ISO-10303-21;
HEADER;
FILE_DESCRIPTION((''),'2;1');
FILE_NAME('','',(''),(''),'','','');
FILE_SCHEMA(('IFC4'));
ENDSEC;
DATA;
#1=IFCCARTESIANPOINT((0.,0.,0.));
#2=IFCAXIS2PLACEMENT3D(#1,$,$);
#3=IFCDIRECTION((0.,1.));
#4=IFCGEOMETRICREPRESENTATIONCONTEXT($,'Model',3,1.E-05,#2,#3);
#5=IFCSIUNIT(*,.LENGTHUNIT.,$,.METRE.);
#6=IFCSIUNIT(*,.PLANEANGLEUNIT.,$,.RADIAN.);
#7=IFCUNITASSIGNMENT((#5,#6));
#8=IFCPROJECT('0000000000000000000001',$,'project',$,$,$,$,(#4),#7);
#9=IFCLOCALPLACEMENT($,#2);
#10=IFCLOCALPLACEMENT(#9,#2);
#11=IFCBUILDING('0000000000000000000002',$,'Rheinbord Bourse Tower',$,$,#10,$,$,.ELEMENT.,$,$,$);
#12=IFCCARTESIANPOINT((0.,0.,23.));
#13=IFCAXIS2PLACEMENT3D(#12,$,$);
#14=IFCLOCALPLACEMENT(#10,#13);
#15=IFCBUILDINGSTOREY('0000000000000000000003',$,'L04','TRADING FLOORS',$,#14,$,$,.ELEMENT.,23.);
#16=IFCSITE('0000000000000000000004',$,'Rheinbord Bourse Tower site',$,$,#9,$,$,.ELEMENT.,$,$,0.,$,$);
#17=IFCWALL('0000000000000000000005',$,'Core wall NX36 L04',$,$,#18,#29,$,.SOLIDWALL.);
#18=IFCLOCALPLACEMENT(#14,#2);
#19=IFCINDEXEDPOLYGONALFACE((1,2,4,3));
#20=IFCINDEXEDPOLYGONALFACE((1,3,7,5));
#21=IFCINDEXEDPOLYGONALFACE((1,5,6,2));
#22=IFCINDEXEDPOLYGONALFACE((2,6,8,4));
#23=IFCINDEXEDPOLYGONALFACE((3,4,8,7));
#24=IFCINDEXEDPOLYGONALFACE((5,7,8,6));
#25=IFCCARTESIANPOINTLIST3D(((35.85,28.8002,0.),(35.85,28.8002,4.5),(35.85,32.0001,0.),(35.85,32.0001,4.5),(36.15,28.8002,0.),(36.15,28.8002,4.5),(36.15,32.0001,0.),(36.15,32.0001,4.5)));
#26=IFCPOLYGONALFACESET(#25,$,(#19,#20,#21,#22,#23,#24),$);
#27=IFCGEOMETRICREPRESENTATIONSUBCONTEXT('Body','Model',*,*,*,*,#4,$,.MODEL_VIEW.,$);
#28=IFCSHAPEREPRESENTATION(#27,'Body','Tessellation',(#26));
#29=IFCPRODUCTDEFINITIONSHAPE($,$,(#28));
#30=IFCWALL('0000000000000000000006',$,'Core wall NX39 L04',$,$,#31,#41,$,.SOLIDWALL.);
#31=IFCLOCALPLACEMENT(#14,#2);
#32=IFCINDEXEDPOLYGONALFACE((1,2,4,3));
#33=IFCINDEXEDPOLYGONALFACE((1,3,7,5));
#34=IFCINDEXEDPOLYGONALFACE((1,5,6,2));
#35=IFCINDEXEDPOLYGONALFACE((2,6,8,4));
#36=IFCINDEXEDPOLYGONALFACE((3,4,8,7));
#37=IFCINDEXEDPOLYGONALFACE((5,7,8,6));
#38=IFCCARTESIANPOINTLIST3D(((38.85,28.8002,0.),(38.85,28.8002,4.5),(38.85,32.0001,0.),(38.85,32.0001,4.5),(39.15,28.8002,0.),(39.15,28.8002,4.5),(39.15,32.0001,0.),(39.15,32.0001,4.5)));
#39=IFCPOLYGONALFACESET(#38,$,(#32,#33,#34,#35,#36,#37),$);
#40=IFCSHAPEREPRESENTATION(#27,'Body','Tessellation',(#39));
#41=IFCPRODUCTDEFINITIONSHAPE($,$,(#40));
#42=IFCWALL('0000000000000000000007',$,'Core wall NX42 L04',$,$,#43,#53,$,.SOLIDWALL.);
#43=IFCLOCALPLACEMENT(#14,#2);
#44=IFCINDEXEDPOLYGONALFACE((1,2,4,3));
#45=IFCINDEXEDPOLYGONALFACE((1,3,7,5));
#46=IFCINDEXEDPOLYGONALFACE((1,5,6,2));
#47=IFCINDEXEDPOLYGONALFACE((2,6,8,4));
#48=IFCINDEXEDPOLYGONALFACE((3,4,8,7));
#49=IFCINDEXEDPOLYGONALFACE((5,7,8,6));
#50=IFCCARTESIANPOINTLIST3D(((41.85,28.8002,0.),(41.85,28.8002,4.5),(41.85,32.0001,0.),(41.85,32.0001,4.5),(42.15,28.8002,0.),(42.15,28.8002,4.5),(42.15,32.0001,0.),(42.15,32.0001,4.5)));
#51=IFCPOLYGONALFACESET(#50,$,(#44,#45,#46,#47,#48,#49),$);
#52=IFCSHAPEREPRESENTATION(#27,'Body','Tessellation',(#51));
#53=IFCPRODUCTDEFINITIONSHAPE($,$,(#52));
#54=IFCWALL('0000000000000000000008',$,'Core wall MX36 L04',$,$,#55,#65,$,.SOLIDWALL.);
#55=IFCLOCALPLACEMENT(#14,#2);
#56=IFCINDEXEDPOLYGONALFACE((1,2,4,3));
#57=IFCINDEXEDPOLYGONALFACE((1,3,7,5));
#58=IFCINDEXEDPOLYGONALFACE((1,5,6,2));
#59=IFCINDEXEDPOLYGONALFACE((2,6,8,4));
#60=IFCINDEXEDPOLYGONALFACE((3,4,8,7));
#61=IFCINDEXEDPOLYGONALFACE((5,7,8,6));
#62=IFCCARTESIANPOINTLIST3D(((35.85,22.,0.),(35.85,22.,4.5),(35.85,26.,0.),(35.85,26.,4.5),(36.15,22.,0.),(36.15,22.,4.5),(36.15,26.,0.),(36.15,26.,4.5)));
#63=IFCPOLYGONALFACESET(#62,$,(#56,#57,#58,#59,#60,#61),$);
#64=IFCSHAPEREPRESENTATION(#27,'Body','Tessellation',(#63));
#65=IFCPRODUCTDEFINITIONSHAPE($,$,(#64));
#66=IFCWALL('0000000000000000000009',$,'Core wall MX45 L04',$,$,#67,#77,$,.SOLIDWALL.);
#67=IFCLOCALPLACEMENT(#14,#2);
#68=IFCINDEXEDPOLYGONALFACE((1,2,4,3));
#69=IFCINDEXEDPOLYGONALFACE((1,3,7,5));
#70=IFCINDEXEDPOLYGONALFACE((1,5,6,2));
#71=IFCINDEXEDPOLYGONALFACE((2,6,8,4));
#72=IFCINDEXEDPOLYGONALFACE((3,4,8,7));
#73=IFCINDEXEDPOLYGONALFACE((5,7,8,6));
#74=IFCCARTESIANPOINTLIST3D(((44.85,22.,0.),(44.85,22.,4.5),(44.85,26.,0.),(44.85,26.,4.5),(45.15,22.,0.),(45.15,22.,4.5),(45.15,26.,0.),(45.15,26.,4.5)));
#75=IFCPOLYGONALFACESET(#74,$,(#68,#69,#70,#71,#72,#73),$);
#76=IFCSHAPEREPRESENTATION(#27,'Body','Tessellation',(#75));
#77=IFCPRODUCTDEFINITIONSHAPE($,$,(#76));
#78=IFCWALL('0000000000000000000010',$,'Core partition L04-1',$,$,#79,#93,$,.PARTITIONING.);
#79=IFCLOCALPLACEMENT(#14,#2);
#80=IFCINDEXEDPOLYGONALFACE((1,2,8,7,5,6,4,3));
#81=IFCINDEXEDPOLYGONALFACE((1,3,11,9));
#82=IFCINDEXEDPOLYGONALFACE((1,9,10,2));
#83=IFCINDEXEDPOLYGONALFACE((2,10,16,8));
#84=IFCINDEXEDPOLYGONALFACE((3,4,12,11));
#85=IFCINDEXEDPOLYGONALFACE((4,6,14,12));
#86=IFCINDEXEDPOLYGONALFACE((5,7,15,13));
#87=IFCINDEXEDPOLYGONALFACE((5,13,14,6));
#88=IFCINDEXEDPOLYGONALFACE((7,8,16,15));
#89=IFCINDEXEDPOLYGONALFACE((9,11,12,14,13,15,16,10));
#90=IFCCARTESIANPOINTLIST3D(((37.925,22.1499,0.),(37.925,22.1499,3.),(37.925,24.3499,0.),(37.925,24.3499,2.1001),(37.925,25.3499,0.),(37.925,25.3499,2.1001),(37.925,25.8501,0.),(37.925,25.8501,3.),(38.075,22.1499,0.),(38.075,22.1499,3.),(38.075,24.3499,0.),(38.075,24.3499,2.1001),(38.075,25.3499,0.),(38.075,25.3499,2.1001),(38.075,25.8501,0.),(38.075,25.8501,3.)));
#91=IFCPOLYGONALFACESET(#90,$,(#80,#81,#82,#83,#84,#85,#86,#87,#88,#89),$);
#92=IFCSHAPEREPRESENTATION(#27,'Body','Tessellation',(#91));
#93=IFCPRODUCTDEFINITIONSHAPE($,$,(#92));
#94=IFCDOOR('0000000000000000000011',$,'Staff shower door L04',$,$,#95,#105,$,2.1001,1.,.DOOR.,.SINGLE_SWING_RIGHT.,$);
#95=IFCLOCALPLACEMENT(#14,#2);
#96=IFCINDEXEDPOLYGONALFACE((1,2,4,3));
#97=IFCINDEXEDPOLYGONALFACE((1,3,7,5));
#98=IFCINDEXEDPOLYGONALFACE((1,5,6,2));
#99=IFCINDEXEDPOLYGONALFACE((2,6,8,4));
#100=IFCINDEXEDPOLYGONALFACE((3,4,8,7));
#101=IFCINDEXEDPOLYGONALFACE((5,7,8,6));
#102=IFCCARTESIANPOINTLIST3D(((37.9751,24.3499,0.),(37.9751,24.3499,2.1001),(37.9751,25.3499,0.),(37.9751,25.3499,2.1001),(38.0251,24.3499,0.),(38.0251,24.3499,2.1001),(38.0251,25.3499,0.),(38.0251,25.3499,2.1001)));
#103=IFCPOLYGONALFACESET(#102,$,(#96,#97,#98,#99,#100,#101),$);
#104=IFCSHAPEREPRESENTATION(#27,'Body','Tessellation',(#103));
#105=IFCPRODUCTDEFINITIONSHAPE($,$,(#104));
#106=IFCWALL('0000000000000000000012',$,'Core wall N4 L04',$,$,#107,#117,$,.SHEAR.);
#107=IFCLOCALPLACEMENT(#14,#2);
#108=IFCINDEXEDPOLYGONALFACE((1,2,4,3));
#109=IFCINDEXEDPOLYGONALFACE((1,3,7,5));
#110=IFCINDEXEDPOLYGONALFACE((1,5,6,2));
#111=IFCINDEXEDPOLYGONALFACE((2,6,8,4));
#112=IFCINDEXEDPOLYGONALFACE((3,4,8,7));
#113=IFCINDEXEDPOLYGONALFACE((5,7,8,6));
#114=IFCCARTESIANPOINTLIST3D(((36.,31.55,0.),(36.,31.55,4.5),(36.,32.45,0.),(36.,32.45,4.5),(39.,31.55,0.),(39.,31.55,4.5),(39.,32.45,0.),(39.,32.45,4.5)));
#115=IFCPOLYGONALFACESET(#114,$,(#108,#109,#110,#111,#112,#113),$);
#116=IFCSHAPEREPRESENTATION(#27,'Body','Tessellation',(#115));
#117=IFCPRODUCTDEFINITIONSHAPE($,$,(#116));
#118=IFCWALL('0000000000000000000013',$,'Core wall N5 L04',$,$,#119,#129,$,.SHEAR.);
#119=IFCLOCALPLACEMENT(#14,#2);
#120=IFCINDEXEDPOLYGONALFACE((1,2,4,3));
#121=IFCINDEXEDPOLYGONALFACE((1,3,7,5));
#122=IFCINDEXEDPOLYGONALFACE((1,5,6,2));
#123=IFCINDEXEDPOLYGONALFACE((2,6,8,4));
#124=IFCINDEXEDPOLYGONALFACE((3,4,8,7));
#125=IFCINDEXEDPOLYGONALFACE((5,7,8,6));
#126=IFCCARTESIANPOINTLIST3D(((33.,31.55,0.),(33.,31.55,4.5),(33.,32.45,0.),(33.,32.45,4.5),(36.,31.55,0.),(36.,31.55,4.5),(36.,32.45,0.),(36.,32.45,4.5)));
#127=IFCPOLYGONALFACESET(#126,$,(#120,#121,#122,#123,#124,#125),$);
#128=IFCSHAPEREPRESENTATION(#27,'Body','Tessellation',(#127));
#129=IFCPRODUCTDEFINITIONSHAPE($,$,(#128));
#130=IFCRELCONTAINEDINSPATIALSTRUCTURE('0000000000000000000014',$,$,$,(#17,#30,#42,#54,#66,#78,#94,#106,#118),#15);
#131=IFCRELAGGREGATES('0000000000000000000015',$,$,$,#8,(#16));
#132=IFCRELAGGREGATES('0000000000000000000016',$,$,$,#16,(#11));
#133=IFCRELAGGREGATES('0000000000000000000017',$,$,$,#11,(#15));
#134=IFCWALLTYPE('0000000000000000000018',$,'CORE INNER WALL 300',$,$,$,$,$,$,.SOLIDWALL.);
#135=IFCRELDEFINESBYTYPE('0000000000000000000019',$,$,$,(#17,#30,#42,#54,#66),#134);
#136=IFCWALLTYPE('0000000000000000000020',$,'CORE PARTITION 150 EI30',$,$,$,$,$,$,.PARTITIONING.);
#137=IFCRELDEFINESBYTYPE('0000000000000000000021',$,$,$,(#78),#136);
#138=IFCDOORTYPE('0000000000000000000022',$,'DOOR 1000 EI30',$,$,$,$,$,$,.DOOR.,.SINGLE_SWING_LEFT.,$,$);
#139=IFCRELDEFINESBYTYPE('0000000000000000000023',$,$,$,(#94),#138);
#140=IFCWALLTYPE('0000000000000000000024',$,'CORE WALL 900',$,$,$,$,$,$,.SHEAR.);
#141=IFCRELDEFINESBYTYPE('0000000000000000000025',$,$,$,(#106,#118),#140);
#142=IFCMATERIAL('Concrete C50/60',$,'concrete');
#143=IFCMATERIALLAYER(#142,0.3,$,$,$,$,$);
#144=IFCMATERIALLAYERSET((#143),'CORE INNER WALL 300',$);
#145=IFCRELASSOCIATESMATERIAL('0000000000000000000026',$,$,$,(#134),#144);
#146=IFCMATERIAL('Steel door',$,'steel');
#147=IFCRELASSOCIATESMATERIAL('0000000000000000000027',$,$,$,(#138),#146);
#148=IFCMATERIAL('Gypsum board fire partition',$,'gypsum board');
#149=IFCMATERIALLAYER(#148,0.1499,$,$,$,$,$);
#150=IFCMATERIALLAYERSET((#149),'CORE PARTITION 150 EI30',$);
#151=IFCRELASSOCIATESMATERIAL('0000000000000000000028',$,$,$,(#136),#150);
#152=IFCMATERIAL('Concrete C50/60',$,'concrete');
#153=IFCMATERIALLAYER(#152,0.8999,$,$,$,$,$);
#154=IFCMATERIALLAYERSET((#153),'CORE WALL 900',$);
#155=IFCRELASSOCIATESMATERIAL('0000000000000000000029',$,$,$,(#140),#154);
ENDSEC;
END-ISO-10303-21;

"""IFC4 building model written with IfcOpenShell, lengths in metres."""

from ifc_helpers import new_model, si_unit, direction, frame, frame_2d, origin, place, context, subcontext, project, spatial, rectangle, extrude, material, layer, layer_set, type_object, element, fill, save


model = new_model("IFC4")

# Units and contexts
model_context = context("Model", 3, precision=1e-05, world=origin(), true_north=direction((0.0, 1.0)))
body_context = subcontext(model_context, "Body", "Model", "MODEL_VIEW")
ifc_project = project(units=[si_unit("LENGTHUNIT", "METRE"), si_unit("PLANEANGLEUNIT", "RADIAN")], contexts=[model_context])

# Site, building, storey
site_placement = place(None, origin())
site = spatial("IfcSite", under=ifc_project, at=site_placement, Name="Rheinbord Bourse Tower site", CompositionType="ELEMENT", RefElevation=0.0)
building_placement = place(site_placement, origin())
building = spatial("IfcBuilding", under=site, at=building_placement, Name="Rheinbord Bourse Tower", CompositionType="ELEMENT")
storey_placement = place(building_placement, frame((0.0, 0.0, 23.0)))
storey = spatial("IfcBuildingStorey", under=building, at=storey_placement, Name="L04", Description="TRADING FLOORS", CompositionType="ELEMENT", Elevation=23.0)

# Shared definitions
ifc_material_1 = material(Name="Concrete C50/60", Category="concrete")
ifc_layer_1 = layer(ifc_material_1, 0.3)
ifc_layer_set_1 = layer_set([ifc_layer_1], Name="CORE INNER WALL 300")
wall_type_1 = type_object("IfcWallType", Name="CORE INNER WALL 300", PredefinedType="SOLIDWALL", material=ifc_layer_set_1)

# Shared definitions
ifc_material_2 = material(Name="Steel door", Category="steel")
door_type_1 = type_object("IfcDoorType", Name="DOOR 1000 EI30", OperationType="SINGLE_SWING_LEFT", PredefinedType="DOOR", material=ifc_material_2)

# Walls
for number, where, z_axis, x_axis, name in (
    (1, (36.0, 28.8, 0.0), (0.0, 0.0, 1.0), (0.0, 1.0, 0.0), "Core wall NX36 L04"),
    (2, (39.0, 28.8, 0.0), (0.0, 0.0, 1.0), (0.0, 1.0, 0.0), "Core wall NX39 L04"),
    (3, (42.0, 28.8, 0.0), (0.0, 0.0, 1.0), (0.0, 1.0, 0.0), "Core wall NX42 L04"),
):
    element("IfcWall", number, at=place(storey_placement, frame(where, z_axis=z_axis, x_axis=x_axis)), inside=storey, type_object=wall_type_1, Name=name, PredefinedType="SOLIDWALL", context=body_context, shape_type="SweptSolid", body=[
        extrude(rectangle(XDim=3.2, YDim=0.3, at=frame_2d((1.6001, 0.0))), origin(), (0.0, 0.0, 1.0), 4.5),
    ])
for number, where, z_axis, x_axis, name in (
    (4, (36.0, 22.0, 0.0), (0.0, 0.0, 1.0), (0.0, 1.0, 0.0), "Core wall MX36 L04"),
    (5, (45.0, 22.0, 0.0), (0.0, 0.0, 1.0), (0.0, 1.0, 0.0), "Core wall MX45 L04"),
):
    element("IfcWall", number, at=place(storey_placement, frame(where, z_axis=z_axis, x_axis=x_axis)), inside=storey, type_object=wall_type_1, Name=name, PredefinedType="SOLIDWALL", context=body_context, shape_type="SweptSolid", body=[
        extrude(rectangle(XDim=4.0, YDim=0.3, at=frame_2d((2.0, 0.0))), origin(), (0.0, 0.0, 1.0), 4.5),
    ])

# Wall, opening, door
ifc_material_3 = material(Name="Gypsum board fire partition", Category="gypsum board")
ifc_layer_2 = layer(ifc_material_3, 0.1499)
ifc_layer_set_2 = layer_set([ifc_layer_2], Name="CORE PARTITION 150 EI30")
wall_type_2 = type_object("IfcWallType", Name="CORE PARTITION 150 EI30", PredefinedType="PARTITIONING", material=ifc_layer_set_2)
wall_1_placement = place(storey_placement, frame((38.0, 22.1499, 0.0), z_axis=(0.0, 0.0, 1.0), x_axis=(0.0, 1.0, 0.0)))
wall_1 = element("IfcWall", 6, at=wall_1_placement, inside=storey, type_object=wall_type_2, Name="Core partition L04-1", PredefinedType="PARTITIONING", context=body_context, shape_type="SweptSolid", body=[
    extrude(rectangle(XDim=3.7002, YDim=0.1499, at=frame_2d((1.8501, 0.0))), origin(), (0.0, 0.0, 1.0), 3.0),
])
opening_1_placement = place(wall_1_placement, frame((2.2, 0.0, 0.0)))
opening_1 = element("IfcOpeningElement", 7, at=opening_1_placement, cuts=wall_1, PredefinedType="OPENING", context=body_context, shape_type="SweptSolid", body=[
    extrude(rectangle(XDim=1.0, YDim=2.1001, at=frame_2d((0.5, 1.05))), frame((0.0, 0.085, 0.0), z_axis=(0.0, -1.0, 0.0), x_axis=(1.0, 0.0, 0.0)), (0.0, 0.0, 1.0), 0.1699),
])
door_1_placement = place(opening_1_placement, origin())
door_1 = element("IfcDoor", 8, at=door_1_placement, inside=storey, type_object=door_type_1, Name="Staff shower door L04", OperationType="SINGLE_SWING_RIGHT", OverallHeight=2.1001, OverallWidth=1.0, PredefinedType="DOOR", context=body_context, shape_type="SweptSolid", body=[
    extrude(rectangle(XDim=1.0, YDim=2.1001, at=frame_2d((0.5, 1.05))), frame((0.0, 0.0249, 0.0), z_axis=(0.0, -1.0, 0.0), x_axis=(1.0, 0.0, 0.0)), (0.0, 0.0, 1.0), 0.05),
])
fill(opening_1, door_1)

# Walls
ifc_material_4 = material(Name="Concrete C50/60", Category="concrete")
ifc_layer_3 = layer(ifc_material_4, 0.8999)
ifc_layer_set_3 = layer_set([ifc_layer_3], Name="CORE WALL 900")
wall_type_3 = type_object("IfcWallType", Name="CORE WALL 900", PredefinedType="SHEAR", material=ifc_layer_set_3)
for number, where, z_axis, x_axis, name in (
    (9, (39.0, 32.0, 0.0), (0.0, 0.0, 1.0), (-1.0, 0.0, 0.0), "Core wall N4 L04"),
    (10, (36.0, 32.0, 0.0), (0.0, 0.0, 1.0), (-1.0, 0.0, 0.0), "Core wall N5 L04"),
):
    element("IfcWall", number, at=place(storey_placement, frame(where, z_axis=z_axis, x_axis=x_axis)), inside=storey, type_object=wall_type_3, Name=name, PredefinedType="SHEAR", context=body_context, shape_type="SweptSolid", body=[
        extrude(rectangle(XDim=3.0, YDim=0.8999, at=frame_2d((1.5, 0.0))), origin(), (0.0, 0.0, 1.0), 4.5),
    ])

save(model, "model.ifc")
